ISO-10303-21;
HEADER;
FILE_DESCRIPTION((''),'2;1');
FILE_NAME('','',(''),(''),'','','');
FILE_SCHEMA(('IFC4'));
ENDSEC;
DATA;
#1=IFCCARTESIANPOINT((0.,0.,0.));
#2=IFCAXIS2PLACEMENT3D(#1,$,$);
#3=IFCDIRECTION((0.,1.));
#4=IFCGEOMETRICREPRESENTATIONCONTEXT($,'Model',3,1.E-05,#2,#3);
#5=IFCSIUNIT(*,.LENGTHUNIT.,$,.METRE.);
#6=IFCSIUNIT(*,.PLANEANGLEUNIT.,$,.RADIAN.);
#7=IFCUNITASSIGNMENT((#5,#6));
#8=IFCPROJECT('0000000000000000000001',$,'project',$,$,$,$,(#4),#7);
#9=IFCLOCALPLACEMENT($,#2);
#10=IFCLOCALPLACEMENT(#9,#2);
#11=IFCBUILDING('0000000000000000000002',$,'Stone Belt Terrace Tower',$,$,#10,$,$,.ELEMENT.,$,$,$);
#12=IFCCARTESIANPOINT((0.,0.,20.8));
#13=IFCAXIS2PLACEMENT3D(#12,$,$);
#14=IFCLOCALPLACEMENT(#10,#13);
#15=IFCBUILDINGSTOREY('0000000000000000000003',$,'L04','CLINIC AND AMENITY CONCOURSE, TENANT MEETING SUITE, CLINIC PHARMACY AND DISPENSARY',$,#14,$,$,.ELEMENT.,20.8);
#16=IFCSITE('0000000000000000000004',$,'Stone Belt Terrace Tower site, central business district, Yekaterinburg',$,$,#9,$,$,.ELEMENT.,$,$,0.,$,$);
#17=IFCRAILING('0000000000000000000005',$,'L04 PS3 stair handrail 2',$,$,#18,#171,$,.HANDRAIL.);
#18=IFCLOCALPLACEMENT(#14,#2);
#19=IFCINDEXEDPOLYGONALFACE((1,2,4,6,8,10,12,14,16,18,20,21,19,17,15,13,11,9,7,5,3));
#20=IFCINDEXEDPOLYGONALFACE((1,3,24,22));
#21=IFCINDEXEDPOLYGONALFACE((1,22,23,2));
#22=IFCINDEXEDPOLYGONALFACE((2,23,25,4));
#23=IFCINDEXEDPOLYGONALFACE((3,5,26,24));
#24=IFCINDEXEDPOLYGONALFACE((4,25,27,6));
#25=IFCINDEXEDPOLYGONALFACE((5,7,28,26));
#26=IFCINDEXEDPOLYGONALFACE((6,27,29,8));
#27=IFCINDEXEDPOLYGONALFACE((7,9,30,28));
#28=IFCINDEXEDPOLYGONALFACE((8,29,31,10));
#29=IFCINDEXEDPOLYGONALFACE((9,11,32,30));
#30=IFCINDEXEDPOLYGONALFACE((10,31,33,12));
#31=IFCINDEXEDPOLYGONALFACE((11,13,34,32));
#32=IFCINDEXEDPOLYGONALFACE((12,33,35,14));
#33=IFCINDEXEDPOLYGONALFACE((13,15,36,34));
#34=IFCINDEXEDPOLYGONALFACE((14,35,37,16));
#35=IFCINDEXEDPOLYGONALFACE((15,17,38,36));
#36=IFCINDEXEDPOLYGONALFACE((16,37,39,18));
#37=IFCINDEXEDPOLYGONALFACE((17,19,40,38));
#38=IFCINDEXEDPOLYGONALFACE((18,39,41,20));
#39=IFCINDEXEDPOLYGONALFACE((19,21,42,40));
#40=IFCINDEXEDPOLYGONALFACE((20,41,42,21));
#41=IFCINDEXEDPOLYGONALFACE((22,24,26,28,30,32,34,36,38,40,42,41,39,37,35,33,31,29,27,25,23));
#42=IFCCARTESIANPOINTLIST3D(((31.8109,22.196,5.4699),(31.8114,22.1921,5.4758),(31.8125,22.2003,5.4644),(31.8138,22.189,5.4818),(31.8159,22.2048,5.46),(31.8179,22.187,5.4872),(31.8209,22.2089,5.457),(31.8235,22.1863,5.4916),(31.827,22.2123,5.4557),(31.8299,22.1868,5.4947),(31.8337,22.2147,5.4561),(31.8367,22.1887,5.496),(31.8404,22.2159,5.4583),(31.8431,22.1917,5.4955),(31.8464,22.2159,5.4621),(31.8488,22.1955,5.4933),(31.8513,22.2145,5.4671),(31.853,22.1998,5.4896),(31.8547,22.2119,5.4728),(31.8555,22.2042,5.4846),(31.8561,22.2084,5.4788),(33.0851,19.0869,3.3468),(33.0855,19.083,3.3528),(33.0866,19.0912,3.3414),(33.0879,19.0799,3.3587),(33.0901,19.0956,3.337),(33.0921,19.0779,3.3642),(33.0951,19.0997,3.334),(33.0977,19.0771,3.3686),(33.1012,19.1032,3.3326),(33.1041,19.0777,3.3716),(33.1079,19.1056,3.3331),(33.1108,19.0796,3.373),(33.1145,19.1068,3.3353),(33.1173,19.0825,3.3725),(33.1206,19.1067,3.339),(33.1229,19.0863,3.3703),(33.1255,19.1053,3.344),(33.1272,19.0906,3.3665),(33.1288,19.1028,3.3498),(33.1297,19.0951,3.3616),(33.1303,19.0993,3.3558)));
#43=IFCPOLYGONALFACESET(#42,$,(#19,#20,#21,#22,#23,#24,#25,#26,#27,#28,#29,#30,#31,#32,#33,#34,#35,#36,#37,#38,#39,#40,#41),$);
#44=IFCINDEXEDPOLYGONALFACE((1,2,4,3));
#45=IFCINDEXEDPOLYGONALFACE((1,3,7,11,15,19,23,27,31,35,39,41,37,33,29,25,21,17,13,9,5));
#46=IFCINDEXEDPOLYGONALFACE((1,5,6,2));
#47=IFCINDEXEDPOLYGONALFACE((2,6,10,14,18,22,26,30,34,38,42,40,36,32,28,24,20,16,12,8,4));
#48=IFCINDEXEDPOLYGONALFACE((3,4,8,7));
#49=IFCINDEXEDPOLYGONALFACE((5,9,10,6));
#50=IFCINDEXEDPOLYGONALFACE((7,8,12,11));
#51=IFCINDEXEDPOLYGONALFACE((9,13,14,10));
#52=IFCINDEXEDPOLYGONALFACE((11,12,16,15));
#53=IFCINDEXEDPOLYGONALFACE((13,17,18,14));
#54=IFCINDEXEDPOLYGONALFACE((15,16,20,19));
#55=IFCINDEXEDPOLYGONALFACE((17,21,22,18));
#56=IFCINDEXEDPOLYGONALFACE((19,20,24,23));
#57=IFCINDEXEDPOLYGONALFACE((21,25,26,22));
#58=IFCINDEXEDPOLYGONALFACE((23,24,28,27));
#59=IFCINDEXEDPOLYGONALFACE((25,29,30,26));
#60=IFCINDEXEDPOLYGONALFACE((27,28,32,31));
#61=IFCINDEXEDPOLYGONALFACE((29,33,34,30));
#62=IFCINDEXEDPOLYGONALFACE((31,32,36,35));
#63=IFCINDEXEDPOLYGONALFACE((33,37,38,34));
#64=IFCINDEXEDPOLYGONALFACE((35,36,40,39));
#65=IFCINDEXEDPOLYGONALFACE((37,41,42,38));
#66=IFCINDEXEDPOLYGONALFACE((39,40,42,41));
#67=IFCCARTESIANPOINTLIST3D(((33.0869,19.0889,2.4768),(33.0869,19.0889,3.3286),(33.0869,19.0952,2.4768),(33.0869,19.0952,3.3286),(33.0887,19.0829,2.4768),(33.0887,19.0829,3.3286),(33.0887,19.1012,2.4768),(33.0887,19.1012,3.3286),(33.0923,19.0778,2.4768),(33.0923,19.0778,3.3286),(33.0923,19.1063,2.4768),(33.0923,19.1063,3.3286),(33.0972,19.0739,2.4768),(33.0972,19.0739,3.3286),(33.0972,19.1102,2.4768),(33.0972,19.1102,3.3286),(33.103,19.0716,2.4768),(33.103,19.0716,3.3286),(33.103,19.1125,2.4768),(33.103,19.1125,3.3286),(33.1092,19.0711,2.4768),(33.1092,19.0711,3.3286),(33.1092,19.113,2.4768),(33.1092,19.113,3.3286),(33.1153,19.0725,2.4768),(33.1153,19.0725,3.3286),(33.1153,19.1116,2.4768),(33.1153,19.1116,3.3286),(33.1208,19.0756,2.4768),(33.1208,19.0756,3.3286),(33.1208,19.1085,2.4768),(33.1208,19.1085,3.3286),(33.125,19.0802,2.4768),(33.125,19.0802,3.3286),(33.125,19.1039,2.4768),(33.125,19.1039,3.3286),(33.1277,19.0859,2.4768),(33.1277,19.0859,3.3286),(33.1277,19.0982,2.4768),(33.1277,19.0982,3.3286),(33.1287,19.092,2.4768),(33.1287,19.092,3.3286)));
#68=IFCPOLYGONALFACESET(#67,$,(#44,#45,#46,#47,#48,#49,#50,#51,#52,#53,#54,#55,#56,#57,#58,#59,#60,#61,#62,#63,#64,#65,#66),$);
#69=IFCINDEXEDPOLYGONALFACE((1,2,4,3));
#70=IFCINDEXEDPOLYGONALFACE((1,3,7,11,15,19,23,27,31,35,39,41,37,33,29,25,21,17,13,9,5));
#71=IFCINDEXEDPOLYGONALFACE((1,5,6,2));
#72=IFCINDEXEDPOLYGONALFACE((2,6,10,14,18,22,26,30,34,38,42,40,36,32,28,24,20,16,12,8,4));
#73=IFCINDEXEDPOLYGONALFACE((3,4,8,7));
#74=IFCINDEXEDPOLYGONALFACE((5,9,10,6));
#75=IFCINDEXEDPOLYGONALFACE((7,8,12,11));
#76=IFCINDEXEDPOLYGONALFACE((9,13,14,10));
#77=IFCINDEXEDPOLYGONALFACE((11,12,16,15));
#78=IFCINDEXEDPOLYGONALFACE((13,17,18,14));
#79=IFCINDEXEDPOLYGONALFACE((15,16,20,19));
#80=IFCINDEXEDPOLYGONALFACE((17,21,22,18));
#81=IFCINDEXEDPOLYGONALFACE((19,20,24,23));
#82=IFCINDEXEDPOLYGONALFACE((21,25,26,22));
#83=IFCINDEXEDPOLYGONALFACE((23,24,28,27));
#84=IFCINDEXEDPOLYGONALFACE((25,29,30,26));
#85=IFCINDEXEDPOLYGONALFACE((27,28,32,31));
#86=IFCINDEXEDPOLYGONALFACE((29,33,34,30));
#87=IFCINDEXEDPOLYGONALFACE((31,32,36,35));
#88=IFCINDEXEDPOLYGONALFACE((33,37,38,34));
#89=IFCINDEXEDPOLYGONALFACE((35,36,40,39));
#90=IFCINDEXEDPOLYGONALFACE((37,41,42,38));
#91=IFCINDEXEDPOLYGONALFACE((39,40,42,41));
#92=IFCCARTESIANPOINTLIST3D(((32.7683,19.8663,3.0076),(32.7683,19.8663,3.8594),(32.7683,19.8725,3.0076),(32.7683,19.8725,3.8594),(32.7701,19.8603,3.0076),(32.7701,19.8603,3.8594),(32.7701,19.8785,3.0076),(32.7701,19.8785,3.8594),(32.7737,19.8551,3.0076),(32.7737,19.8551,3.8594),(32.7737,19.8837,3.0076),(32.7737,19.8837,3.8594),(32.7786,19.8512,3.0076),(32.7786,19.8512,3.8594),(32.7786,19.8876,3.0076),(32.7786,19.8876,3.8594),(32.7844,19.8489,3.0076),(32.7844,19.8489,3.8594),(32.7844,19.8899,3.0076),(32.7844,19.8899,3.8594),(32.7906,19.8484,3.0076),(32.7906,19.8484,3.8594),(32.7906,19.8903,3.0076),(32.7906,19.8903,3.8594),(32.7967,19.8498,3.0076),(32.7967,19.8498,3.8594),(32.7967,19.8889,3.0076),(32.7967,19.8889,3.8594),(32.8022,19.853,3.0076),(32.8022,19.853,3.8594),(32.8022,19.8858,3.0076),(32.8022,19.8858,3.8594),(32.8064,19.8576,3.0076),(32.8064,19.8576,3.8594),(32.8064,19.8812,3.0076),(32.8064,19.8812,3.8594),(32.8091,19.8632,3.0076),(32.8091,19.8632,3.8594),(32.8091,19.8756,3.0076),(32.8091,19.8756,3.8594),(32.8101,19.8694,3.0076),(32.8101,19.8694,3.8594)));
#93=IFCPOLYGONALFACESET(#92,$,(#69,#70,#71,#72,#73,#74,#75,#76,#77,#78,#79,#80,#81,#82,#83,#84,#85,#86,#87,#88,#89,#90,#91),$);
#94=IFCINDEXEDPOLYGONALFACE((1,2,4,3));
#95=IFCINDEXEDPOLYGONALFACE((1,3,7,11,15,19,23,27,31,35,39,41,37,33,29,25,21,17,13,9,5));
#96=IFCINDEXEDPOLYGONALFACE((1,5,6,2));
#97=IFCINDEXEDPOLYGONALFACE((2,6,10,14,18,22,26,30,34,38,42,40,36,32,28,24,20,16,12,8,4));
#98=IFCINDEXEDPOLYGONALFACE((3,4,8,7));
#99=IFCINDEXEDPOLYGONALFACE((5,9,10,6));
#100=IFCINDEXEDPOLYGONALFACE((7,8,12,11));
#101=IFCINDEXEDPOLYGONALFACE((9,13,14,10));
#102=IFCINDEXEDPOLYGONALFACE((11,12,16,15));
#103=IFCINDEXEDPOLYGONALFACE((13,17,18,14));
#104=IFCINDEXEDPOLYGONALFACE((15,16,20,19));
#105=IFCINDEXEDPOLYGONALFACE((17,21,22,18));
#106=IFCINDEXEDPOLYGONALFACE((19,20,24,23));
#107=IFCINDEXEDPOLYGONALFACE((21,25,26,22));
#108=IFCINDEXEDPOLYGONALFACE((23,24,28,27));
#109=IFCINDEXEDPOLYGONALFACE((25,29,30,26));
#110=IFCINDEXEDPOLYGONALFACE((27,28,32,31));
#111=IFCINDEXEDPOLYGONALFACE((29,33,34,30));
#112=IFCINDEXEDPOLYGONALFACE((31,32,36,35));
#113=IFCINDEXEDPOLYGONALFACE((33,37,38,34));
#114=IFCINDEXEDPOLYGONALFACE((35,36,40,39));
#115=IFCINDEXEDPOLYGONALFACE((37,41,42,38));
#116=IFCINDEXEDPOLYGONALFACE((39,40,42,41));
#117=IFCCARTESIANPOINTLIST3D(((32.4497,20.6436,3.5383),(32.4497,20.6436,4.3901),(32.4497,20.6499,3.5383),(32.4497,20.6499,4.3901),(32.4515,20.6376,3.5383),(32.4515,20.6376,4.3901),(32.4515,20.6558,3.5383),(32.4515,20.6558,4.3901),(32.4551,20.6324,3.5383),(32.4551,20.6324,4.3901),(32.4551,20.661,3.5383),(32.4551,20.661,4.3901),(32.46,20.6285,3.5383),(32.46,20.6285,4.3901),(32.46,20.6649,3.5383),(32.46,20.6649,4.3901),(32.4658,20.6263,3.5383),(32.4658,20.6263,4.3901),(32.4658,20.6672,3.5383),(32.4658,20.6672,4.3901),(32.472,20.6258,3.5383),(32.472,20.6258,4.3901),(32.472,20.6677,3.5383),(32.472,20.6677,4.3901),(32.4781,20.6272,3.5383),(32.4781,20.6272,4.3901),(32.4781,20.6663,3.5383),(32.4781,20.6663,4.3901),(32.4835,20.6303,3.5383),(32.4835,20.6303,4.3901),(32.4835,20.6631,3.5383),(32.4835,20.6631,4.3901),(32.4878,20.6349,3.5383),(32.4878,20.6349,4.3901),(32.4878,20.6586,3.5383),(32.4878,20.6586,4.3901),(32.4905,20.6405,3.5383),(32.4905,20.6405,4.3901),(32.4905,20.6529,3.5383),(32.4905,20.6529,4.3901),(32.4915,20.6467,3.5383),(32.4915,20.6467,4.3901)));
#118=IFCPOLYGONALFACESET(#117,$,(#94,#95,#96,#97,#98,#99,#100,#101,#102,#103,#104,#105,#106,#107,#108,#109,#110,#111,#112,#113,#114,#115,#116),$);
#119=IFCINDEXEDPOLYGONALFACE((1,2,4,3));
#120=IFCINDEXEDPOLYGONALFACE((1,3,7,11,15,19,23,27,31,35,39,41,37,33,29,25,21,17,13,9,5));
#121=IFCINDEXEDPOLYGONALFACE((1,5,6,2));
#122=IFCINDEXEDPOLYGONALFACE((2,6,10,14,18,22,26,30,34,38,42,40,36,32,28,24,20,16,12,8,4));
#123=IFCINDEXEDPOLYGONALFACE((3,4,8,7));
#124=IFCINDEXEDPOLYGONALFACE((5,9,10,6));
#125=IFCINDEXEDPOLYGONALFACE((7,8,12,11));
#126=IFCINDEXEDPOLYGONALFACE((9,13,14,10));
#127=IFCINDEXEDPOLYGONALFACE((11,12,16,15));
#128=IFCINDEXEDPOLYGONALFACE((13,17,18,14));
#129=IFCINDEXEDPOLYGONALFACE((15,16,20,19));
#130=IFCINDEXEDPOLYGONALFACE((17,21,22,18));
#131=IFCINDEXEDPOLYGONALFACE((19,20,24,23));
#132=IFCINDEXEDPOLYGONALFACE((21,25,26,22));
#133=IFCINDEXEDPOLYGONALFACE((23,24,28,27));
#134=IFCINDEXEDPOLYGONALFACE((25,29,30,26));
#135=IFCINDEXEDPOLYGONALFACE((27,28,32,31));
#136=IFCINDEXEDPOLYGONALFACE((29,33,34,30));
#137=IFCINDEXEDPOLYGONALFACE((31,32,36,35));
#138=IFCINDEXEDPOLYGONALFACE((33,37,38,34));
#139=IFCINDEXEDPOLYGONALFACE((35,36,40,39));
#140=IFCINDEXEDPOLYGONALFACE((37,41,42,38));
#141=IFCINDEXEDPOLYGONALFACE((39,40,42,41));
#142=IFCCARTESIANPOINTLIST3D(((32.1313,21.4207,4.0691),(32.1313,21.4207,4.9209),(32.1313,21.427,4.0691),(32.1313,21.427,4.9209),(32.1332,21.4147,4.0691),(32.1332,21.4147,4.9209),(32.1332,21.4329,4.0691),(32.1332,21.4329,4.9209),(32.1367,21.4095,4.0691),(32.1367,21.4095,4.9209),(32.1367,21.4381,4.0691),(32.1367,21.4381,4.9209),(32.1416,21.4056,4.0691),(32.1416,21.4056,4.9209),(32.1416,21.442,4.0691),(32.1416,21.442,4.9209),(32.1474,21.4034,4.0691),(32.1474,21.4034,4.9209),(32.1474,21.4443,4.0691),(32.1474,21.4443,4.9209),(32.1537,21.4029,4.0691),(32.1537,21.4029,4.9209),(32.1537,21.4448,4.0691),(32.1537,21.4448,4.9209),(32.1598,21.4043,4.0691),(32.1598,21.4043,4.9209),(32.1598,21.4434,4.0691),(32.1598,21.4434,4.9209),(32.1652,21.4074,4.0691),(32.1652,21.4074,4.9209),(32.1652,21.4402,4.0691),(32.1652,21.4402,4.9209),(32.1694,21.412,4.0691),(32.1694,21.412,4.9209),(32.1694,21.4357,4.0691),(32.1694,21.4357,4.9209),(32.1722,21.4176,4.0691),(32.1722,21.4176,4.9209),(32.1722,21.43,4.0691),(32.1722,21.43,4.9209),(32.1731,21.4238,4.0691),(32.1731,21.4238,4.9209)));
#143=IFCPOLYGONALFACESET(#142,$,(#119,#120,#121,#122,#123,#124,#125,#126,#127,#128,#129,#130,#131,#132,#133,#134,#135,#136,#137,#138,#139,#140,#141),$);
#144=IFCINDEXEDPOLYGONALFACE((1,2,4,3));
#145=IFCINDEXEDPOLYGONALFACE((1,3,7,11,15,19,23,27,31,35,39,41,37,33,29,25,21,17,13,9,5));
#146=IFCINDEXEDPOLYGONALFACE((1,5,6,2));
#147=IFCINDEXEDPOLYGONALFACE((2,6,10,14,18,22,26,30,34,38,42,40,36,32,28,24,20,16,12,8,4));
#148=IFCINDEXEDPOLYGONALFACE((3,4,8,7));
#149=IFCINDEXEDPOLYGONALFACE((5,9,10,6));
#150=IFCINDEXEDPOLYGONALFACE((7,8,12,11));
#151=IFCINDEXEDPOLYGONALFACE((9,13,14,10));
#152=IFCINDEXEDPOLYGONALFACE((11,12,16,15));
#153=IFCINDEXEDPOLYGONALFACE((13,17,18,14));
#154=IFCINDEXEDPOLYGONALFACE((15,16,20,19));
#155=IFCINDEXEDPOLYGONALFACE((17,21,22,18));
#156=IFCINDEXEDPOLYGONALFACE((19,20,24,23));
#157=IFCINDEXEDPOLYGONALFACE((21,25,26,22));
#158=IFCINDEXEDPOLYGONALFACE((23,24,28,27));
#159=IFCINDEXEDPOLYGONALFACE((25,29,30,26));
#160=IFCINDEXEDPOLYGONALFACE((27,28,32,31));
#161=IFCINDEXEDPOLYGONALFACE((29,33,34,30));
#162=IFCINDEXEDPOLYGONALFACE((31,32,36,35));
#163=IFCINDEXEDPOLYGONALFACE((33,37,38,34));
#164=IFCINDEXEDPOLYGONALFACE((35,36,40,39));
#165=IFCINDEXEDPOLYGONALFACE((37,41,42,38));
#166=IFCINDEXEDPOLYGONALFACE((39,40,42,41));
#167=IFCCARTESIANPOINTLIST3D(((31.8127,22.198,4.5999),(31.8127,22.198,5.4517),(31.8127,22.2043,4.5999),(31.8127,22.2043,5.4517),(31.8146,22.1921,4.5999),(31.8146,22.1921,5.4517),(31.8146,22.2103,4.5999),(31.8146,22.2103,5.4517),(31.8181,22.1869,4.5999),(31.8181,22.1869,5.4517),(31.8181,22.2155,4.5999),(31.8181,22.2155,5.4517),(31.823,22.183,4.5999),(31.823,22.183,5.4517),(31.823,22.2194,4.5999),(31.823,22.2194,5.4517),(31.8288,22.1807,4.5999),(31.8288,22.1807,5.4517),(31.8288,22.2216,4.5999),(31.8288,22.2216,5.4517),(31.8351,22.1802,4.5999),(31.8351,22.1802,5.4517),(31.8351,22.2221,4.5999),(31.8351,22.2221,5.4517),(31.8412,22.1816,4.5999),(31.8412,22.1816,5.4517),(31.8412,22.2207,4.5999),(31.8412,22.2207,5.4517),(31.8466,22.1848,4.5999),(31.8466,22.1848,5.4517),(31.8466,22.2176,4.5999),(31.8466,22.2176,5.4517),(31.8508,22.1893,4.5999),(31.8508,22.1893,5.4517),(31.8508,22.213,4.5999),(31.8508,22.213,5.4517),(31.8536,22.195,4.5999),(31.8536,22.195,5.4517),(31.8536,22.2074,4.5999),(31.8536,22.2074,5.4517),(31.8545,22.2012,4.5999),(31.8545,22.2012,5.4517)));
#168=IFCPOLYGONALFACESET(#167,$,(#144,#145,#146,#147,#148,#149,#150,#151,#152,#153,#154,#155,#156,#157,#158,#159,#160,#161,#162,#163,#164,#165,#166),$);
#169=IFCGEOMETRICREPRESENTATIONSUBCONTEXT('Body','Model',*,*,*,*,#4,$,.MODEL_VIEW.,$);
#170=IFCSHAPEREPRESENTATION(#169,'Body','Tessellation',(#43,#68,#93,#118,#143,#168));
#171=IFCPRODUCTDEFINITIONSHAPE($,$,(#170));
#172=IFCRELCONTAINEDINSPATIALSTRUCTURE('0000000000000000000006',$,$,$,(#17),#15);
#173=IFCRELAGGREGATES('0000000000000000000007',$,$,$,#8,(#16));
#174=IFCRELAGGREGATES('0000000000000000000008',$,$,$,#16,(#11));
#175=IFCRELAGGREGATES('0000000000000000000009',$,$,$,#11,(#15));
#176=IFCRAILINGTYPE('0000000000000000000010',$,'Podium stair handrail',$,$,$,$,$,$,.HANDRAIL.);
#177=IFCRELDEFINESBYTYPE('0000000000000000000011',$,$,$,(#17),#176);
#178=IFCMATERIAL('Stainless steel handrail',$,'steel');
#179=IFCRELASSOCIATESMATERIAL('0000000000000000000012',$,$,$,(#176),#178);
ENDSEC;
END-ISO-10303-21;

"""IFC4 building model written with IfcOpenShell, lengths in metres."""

from ifc_helpers import new_model, si_unit, direction, frame, origin, origin_2d, place, context, subcontext, project, spatial, circle, extrude, material, type_object, element, save


model = new_model("IFC4")

# Units and contexts
model_context = context("Model", 3, precision=1e-05, world=origin(), true_north=direction((0.0, 1.0)))
body_context = subcontext(model_context, "Body", "Model", "MODEL_VIEW")
ifc_project = project(units=[si_unit("LENGTHUNIT", "METRE"), si_unit("PLANEANGLEUNIT", "RADIAN")], contexts=[model_context])

# Site, building, storey
site_placement = place(None, origin())
site = spatial("IfcSite", under=ifc_project, at=site_placement, Name="Stone Belt Terrace Tower site, central business district, Yekaterinburg", CompositionType="ELEMENT", RefElevation=0.0)
building_placement = place(site_placement, origin())
building = spatial("IfcBuilding", under=site, at=building_placement, Name="Stone Belt Terrace Tower", CompositionType="ELEMENT")
storey_placement = place(building_placement, frame((0.0, 0.0, 20.8)))
storey = spatial("IfcBuildingStorey", under=building, at=storey_placement, Name="L04", Description="CLINIC AND AMENITY CONCOURSE, TENANT MEETING SUITE, CLINIC PHARMACY AND DISPENSARY", CompositionType="ELEMENT", Elevation=20.8)

# Railing
ifc_material_1 = material(Name="Stainless steel handrail", Category="steel")
railing_type_1 = type_object("IfcRailingType", Name="Podium stair handrail", PredefinedType="HANDRAIL", material=ifc_material_1)
railing_1_placement = place(storey_placement, frame((33.1077, 19.092, 2.4768)))
element("IfcRailing", 1, at=railing_1_placement, inside=storey, type_object=railing_type_1, Name="L04 PS3 stair handrail 2", PredefinedType="HANDRAIL", context=body_context, shape_type="SweptSolid", body=[
    extrude(circle(Radius=0.0239, at=origin_2d()), frame((0.0, 0.0, 0.876), z_axis=(-0.320577, 0.782248, 0.534152), x_axis=(-0.925312, -0.379207, 0.0)), (0.0, 0.0, 1.0), 3.9746),
    extrude(circle(Radius=0.021, at=origin_2d()), origin(), (0.0, 0.0, 1.0), 0.8518),
    extrude(circle(Radius=0.021, at=origin_2d()), frame((-0.3186, 0.7773, 0.5308)), (0.0, 0.0, 1.0), 0.8518),
    extrude(circle(Radius=0.021, at=origin_2d()), frame((-0.6372, 1.5547, 1.0615)), (0.0, 0.0, 1.0), 0.8518),
    extrude(circle(Radius=0.021, at=origin_2d()), frame((-0.9556, 2.3318, 1.5923)), (0.0, 0.0, 1.0), 0.8518),
    extrude(circle(Radius=0.021, at=origin_2d()), frame((-1.2742, 3.1091, 2.123)), (0.0, 0.0, 1.0), 0.8518),
])

save(model, "model.ifc")
